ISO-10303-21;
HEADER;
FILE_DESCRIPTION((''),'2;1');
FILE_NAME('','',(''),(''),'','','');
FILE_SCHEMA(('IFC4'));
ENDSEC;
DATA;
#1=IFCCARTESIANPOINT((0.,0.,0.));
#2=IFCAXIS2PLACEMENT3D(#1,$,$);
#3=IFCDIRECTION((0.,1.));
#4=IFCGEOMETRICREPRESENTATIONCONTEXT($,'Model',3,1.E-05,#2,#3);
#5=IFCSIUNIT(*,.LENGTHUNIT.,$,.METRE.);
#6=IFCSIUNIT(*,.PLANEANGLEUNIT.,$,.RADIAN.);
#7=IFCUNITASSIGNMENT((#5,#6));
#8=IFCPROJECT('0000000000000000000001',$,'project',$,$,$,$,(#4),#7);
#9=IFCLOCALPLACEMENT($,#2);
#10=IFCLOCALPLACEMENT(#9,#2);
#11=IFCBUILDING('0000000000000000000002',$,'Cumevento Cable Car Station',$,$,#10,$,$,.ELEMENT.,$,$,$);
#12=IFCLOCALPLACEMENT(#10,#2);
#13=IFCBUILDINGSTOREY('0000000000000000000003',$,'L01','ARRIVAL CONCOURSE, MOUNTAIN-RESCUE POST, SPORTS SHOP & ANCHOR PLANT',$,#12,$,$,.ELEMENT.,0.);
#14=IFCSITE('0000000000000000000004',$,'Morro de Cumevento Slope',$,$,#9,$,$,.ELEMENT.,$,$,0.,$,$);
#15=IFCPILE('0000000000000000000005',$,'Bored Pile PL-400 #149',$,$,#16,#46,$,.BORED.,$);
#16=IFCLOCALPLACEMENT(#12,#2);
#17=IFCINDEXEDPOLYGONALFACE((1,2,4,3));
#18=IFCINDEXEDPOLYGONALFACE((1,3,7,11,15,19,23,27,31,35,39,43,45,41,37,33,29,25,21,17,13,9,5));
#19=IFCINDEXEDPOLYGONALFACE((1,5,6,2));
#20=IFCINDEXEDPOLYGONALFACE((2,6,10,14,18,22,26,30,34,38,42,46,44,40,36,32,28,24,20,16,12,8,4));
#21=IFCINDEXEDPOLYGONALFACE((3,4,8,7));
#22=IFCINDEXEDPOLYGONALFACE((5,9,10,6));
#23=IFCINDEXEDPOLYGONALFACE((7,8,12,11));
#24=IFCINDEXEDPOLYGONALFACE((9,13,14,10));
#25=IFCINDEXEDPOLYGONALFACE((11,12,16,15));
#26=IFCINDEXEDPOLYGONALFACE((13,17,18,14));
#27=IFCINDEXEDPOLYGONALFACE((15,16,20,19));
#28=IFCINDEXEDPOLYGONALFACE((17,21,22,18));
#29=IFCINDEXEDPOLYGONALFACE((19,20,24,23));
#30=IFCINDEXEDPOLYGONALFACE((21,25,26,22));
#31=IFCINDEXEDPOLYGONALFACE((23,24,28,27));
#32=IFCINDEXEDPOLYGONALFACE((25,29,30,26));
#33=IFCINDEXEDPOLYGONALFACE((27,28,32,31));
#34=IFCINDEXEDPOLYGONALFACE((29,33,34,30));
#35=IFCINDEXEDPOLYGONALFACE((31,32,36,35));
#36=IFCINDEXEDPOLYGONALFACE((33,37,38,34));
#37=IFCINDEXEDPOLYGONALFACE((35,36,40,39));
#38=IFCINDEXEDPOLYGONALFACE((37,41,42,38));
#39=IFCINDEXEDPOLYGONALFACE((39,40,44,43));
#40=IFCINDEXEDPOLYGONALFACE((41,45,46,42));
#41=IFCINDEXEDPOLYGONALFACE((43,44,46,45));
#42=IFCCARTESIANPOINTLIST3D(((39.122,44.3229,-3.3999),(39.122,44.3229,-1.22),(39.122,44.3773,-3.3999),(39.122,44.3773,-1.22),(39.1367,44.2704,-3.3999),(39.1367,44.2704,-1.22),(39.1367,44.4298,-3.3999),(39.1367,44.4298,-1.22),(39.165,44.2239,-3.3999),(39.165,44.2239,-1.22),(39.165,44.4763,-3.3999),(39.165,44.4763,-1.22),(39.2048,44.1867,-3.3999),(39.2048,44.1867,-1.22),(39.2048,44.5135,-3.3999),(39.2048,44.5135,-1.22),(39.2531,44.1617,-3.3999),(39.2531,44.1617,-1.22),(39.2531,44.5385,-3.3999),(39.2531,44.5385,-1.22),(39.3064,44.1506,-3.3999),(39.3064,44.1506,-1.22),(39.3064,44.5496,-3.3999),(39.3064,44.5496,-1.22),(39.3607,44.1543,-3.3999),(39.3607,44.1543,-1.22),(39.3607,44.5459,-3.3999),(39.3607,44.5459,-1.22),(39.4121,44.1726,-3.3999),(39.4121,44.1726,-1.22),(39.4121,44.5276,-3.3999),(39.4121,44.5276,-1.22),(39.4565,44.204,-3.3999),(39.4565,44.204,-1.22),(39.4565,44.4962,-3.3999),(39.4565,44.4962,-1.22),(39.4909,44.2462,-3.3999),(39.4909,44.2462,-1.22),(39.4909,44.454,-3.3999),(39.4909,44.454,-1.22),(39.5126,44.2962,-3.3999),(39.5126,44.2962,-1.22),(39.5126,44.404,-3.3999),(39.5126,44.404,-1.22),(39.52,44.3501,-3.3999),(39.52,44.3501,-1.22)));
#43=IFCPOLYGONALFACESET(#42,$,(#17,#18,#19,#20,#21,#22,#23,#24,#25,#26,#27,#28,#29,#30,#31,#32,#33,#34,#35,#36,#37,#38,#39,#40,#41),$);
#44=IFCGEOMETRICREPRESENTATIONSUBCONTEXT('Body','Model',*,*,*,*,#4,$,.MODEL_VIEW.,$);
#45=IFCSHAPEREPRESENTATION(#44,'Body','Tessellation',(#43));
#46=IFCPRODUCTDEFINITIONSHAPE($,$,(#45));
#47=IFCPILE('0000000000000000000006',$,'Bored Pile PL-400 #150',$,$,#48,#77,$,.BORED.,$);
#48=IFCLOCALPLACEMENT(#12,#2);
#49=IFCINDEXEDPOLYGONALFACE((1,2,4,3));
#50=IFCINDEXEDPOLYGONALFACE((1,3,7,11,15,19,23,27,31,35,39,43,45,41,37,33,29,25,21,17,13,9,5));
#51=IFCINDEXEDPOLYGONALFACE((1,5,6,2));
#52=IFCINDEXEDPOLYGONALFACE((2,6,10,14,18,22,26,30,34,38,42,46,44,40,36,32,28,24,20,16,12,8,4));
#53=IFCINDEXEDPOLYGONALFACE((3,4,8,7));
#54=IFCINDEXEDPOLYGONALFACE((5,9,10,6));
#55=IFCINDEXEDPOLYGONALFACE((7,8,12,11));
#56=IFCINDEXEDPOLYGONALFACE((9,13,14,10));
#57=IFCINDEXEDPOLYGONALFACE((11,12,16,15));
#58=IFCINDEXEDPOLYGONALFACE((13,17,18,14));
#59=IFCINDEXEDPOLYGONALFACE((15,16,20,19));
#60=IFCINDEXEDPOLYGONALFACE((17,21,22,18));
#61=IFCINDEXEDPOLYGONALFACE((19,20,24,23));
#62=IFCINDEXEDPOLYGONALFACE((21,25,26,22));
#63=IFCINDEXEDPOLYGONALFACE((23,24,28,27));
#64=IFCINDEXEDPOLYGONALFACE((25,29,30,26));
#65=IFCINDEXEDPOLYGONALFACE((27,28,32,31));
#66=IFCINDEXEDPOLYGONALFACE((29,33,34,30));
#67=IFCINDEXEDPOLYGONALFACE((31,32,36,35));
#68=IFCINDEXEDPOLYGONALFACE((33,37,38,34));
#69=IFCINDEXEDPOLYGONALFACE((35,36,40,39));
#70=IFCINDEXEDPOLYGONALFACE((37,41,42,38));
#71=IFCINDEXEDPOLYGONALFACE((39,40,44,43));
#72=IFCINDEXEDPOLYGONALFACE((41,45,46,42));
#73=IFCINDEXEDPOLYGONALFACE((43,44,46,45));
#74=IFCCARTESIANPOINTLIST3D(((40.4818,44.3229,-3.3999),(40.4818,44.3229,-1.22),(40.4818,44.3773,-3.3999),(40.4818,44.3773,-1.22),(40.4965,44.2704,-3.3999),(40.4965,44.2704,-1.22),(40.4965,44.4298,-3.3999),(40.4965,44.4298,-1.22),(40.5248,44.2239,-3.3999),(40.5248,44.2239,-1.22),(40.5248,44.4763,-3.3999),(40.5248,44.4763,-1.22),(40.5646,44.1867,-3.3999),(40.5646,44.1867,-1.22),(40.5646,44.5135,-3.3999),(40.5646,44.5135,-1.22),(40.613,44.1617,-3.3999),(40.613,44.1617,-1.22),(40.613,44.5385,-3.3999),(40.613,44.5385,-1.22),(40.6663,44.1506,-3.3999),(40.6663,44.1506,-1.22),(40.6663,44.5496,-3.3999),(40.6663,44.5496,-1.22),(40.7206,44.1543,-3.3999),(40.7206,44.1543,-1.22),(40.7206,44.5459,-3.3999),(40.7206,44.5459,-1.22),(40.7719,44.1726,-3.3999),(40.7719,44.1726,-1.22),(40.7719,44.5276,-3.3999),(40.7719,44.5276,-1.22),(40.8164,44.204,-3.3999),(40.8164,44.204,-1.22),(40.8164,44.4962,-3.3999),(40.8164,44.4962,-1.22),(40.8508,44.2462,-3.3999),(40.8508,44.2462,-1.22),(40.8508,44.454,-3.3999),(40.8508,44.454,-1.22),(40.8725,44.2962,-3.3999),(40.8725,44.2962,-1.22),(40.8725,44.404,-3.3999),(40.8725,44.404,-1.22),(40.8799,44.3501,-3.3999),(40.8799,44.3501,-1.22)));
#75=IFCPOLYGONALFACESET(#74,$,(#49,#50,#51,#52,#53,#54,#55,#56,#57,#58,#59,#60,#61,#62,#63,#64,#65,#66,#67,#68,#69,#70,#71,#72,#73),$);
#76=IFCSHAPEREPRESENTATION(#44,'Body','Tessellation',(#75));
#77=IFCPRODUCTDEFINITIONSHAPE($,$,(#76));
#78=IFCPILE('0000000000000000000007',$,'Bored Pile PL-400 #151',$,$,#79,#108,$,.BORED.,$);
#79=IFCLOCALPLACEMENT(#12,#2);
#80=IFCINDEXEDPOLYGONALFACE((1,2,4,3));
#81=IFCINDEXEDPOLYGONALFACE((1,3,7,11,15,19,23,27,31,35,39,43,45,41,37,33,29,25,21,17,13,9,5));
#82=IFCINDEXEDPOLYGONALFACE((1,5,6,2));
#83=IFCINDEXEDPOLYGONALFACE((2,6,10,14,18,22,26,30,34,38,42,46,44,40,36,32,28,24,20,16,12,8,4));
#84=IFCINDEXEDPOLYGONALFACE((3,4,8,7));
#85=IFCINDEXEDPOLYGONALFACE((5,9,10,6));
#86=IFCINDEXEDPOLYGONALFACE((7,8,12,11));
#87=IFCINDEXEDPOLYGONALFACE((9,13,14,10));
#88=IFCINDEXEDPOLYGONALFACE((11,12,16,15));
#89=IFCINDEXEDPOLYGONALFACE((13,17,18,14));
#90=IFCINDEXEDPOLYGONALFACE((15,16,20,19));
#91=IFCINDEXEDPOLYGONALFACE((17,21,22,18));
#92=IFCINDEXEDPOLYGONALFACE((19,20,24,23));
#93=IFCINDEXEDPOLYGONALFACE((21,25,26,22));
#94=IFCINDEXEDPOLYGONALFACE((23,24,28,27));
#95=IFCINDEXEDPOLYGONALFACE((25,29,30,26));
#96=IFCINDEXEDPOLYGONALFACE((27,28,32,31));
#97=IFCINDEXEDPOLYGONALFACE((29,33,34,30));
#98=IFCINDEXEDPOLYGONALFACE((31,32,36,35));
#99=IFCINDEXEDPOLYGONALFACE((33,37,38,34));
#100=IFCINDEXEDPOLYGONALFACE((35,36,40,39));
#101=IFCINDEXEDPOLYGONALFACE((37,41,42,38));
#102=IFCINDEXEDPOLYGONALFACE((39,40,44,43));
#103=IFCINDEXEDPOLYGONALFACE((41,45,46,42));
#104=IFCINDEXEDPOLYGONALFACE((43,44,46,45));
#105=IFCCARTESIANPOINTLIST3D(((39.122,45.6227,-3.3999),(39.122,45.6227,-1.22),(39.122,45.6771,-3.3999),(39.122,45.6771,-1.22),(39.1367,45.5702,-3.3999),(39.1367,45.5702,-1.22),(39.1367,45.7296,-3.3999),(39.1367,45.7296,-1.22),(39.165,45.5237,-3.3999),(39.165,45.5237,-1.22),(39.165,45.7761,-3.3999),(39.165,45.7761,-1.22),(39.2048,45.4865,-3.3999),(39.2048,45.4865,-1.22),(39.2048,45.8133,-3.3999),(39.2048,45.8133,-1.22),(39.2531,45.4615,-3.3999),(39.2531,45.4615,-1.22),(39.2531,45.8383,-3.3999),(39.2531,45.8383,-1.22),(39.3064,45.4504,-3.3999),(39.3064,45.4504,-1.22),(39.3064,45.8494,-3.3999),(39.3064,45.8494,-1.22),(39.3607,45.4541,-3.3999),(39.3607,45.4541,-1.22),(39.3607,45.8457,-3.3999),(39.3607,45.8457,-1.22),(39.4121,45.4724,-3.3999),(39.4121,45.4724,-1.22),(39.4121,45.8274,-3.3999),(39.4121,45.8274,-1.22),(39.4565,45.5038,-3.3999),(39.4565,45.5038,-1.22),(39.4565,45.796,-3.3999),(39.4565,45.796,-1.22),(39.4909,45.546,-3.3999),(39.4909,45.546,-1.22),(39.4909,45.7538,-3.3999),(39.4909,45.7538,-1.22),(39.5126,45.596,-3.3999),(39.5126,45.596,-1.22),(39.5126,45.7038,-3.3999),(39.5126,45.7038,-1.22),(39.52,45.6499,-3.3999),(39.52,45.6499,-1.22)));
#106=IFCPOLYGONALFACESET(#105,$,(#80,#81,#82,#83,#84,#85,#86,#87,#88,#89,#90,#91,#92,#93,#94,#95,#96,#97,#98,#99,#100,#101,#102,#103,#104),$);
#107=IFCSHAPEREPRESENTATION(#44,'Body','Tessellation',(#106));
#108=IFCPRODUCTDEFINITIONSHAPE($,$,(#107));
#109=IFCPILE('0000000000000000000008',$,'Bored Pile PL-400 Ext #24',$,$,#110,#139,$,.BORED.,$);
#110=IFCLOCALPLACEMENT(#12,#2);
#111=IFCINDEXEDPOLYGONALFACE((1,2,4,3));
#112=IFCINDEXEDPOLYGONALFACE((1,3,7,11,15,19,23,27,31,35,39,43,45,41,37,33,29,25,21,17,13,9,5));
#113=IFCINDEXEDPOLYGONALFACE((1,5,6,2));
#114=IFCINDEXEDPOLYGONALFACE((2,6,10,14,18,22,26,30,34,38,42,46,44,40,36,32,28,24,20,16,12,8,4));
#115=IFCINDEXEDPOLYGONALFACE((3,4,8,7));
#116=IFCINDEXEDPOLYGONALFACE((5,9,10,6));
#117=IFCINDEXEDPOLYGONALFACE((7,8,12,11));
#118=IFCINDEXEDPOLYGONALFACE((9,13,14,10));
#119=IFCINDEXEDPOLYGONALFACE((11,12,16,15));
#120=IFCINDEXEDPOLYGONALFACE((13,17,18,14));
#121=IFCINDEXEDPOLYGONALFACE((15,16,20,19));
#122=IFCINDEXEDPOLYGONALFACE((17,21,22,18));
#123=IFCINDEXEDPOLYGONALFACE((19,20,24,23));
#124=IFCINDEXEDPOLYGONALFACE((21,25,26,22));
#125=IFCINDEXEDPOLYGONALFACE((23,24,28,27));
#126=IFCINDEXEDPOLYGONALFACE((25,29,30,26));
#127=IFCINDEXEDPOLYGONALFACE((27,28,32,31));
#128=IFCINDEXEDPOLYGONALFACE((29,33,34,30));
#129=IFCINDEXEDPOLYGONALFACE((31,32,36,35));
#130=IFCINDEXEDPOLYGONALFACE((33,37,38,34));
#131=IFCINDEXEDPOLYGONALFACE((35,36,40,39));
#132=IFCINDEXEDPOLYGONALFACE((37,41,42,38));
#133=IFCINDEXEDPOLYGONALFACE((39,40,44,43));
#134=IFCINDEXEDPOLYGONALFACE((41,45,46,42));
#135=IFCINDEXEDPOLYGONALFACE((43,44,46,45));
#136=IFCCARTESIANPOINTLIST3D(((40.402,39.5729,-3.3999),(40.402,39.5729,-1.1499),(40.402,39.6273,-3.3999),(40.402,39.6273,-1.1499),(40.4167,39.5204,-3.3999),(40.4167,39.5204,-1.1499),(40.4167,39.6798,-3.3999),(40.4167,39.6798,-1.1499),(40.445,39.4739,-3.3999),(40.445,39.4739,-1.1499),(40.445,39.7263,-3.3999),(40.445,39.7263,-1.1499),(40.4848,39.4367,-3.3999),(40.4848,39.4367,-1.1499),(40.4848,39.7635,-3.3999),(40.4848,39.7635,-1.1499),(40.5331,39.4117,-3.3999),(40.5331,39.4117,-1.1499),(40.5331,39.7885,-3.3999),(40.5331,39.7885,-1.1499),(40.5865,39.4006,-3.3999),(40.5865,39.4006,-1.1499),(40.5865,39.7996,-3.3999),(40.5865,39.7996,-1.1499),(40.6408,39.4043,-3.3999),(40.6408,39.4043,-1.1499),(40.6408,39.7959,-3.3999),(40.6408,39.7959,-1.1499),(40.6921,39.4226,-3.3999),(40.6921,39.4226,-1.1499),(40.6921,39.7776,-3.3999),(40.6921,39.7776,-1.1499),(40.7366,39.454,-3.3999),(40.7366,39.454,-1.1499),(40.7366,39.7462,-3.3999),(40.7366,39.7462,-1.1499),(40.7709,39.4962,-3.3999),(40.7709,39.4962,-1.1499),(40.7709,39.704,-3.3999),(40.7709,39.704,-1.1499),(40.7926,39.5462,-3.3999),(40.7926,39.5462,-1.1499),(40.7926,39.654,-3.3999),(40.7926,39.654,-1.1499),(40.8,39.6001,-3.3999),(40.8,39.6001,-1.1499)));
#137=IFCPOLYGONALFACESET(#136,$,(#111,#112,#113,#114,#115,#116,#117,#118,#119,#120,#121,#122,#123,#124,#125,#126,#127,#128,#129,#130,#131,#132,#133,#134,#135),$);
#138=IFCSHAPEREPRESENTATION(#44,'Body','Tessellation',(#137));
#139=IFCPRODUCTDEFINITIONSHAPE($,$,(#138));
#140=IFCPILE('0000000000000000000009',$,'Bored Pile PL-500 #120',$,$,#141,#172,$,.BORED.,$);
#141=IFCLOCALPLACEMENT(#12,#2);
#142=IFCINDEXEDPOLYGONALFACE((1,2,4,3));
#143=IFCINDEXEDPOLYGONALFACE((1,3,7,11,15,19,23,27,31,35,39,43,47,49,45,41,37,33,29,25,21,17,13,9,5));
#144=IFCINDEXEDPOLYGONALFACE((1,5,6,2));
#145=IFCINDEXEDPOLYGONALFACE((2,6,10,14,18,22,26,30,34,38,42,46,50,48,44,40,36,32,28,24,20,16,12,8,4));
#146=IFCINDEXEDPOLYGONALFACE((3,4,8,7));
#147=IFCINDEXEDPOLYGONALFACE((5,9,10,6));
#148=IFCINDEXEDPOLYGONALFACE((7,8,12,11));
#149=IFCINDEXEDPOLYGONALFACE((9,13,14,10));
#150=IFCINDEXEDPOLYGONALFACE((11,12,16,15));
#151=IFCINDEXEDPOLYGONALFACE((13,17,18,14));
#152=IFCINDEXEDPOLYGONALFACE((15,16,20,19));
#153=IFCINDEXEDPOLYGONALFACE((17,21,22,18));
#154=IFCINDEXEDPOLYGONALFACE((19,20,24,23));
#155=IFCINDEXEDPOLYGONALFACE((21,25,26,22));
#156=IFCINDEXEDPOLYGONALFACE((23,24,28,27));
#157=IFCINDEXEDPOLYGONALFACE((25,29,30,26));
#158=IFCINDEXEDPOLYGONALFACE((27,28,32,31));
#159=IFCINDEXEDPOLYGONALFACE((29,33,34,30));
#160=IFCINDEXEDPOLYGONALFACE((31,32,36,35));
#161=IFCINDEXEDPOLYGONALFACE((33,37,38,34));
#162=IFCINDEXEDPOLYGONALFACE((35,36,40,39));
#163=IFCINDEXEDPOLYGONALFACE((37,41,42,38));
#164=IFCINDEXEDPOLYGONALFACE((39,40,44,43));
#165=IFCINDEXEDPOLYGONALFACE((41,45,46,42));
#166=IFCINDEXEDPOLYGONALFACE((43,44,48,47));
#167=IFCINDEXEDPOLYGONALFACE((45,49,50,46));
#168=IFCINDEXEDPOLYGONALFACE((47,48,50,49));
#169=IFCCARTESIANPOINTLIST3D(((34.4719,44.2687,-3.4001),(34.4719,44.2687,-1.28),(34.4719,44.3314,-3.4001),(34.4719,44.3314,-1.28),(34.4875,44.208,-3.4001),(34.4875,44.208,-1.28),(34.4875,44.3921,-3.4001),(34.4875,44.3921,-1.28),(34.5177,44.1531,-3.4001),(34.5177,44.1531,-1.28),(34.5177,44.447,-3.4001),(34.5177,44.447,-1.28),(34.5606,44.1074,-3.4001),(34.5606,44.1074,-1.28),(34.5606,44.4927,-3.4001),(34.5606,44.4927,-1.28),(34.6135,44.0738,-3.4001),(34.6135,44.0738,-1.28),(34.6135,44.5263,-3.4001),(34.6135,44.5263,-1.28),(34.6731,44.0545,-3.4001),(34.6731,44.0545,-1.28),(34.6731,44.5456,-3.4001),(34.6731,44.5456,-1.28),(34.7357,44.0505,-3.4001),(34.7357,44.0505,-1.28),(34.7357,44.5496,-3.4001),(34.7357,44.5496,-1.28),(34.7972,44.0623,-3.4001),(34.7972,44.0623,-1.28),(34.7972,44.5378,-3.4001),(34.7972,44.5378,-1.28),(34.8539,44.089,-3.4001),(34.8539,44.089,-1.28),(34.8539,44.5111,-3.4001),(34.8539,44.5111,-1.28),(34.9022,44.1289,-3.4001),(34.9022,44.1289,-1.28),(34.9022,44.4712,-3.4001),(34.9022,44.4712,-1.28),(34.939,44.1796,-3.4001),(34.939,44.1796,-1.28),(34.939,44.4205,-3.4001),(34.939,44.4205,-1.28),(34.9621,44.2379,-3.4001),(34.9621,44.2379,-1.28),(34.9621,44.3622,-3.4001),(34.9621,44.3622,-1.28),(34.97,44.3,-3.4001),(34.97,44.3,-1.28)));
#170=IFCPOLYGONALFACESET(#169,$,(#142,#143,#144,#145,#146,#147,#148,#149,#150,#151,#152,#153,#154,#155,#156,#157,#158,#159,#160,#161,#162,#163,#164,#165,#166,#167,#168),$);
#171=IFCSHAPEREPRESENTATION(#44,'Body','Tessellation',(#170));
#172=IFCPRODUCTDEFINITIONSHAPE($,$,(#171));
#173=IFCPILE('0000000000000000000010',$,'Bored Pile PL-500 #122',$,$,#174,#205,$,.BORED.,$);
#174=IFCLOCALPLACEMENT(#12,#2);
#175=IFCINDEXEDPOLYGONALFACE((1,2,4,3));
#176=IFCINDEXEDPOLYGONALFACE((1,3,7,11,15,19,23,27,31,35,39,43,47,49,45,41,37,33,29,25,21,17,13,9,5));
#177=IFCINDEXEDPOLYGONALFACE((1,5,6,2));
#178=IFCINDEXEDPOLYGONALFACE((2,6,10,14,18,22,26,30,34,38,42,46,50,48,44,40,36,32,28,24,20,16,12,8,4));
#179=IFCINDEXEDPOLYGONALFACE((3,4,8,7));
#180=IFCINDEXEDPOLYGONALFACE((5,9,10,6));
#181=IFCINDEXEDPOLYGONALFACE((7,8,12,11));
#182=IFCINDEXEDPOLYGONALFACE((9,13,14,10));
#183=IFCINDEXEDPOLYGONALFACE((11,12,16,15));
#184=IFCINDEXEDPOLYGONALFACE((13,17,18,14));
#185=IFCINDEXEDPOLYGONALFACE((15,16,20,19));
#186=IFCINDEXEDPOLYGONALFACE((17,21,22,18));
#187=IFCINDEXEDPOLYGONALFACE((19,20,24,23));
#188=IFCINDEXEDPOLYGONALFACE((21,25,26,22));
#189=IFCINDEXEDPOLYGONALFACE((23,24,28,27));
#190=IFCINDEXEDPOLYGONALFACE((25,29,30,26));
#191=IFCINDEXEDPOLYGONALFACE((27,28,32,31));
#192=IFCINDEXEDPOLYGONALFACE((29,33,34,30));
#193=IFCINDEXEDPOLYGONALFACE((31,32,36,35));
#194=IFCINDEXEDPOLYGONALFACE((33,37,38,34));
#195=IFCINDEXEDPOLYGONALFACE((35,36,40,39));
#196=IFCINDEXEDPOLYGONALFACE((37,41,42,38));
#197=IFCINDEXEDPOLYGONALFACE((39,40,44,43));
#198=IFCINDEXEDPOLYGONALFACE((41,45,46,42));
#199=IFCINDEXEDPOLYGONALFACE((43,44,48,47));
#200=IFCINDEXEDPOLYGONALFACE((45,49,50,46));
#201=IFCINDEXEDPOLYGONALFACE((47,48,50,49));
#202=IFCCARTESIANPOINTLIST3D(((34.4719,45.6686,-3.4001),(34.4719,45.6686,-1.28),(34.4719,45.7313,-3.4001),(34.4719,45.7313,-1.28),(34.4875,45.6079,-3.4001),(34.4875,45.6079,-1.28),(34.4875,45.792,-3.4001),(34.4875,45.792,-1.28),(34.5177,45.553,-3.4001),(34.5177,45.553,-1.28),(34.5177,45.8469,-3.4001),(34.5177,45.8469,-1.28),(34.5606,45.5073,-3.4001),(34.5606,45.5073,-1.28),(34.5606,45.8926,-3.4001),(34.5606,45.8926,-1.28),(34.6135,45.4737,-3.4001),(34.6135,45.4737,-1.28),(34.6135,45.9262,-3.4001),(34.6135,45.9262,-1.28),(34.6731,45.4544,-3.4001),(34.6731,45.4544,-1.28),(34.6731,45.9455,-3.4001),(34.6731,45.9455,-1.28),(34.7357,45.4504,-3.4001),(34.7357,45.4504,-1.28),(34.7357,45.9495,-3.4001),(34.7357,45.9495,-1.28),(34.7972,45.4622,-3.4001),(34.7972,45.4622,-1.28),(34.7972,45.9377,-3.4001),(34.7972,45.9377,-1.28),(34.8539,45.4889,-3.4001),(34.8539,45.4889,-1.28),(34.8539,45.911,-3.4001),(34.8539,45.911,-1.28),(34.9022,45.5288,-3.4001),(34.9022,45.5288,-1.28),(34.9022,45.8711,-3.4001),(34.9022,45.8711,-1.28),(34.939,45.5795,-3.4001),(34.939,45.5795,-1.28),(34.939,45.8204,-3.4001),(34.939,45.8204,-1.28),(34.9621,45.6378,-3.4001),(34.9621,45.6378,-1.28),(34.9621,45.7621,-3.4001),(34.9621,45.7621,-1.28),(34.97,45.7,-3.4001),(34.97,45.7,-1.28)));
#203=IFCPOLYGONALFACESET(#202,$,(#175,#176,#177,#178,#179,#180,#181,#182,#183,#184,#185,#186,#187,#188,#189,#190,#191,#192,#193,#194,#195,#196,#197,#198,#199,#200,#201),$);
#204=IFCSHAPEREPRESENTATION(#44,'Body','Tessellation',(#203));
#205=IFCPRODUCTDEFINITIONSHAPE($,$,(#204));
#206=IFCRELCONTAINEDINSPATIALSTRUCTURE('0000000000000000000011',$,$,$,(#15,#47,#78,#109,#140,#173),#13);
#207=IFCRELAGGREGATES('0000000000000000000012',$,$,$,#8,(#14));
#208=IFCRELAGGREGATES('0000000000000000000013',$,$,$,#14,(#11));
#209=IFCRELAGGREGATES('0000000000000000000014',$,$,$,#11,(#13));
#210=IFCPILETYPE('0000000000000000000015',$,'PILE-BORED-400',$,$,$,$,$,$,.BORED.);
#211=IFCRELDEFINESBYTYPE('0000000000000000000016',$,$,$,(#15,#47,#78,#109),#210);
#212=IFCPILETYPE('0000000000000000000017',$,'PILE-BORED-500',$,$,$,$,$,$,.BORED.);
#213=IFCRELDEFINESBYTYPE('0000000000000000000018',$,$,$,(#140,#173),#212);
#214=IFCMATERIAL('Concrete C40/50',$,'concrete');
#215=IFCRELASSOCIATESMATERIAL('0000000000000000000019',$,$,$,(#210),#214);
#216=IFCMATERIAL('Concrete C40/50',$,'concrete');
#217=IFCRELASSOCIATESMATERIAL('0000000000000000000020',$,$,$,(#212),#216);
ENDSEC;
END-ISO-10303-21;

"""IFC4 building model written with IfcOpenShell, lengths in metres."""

from ifc_helpers import new_model, si_unit, direction, frame, origin, origin_2d, place, context, subcontext, project, spatial, circle, extrude, material, material_profile, profile_set, type_object, element, save


model = new_model("IFC4")

# Units and contexts
model_context = context("Model", 3, precision=1e-05, world=origin(), true_north=direction((0.0, 1.0)))
body_context = subcontext(model_context, "Body", "Model", "MODEL_VIEW")
ifc_project = project(units=[si_unit("LENGTHUNIT", "METRE"), si_unit("PLANEANGLEUNIT", "RADIAN")], contexts=[model_context])

# Site, building, storey
site_placement = place(None, origin())
site = spatial("IfcSite", under=ifc_project, at=site_placement, Name="Morro de Cumevento Slope", CompositionType="ELEMENT", RefElevation=0.0)
building_placement = place(site_placement, origin())
building = spatial("IfcBuilding", under=site, at=building_placement, Name="Cumevento Cable Car Station", CompositionType="ELEMENT")
storey_placement = place(building_placement, origin())
storey = spatial("IfcBuildingStorey", under=building, at=storey_placement, Name="L01", Description="ARRIVAL CONCOURSE, MOUNTAIN-RESCUE POST, SPORTS SHOP & ANCHOR PLANT", CompositionType="ELEMENT", Elevation=0.0)

# Piles
ifc_material_1 = material(Name="Concrete C40/50", Category="concrete")
ifc_material_profile_1 = material_profile(ifc_material_1, circle(Radius=0.2, at=origin_2d()), Name="PILE-D400")
ifc_profile_set_1 = profile_set([ifc_material_profile_1], Name="Concrete C40/50")
pile_type_1 = type_object("IfcPileType", Name="PILE-BORED-400", PredefinedType="BORED", material=ifc_profile_set_1)
for number, where, z_axis, x_axis, name in (
    (1, (39.3201, 44.3501, -1.22), (0.0, 0.0, -1.0), (1.0, 0.0, 0.0), "Bored Pile PL-400 #149"),
    (2, (40.6799, 44.3501, -1.22), (0.0, 0.0, -1.0), (1.0, 0.0, 0.0), "Bored Pile PL-400 #150"),
    (3, (39.3201, 45.6499, -1.22), (0.0, 0.0, -1.0), (1.0, 0.0, 0.0), "Bored Pile PL-400 #151"),
):
    element("IfcPile", number, at=place(storey_placement, frame(where, z_axis=z_axis, x_axis=x_axis)), inside=storey, type_object=pile_type_1, Name=name, PredefinedType="BORED", context=body_context, shape_type="SweptSolid", body=[
        extrude(circle(Radius=0.2, at=origin_2d()), origin(), (0.0, 0.0, 1.0), 2.1799),
    ])
pile_placement = place(storey_placement, frame((40.6001, 39.6001, -1.1499), z_axis=(0.0, 0.0, -1.0), x_axis=(1.0, 0.0, 0.0)))
element("IfcPile", 4, at=pile_placement, inside=storey, type_object=pile_type_1, Name="Bored Pile PL-400 Ext #24", PredefinedType="BORED", context=body_context, shape_type="SweptSolid", body=[
    extrude(circle(Radius=0.2, at=origin_2d()), origin(), (0.0, 0.0, 1.0), 2.25),
])
ifc_material_2 = material(Name="Concrete C40/50", Category="concrete")
ifc_material_profile_2 = material_profile(ifc_material_2, circle(Radius=0.25, at=origin_2d()), Name="PILE-D500")
ifc_profile_set_2 = profile_set([ifc_material_profile_2], Name="Concrete C40/50")
pile_type_2 = type_object("IfcPileType", Name="PILE-BORED-500", PredefinedType="BORED", material=ifc_profile_set_2)
for number, where, z_axis, x_axis, name in (
    (5, (34.72, 44.3, -1.28), (0.0, 0.0, -1.0), (1.0, 0.0, 0.0), "Bored Pile PL-500 #120"),
    (6, (34.72, 45.7, -1.28), (0.0, 0.0, -1.0), (1.0, 0.0, 0.0), "Bored Pile PL-500 #122"),
):
    element("IfcPile", number, at=place(storey_placement, frame(where, z_axis=z_axis, x_axis=x_axis)), inside=storey, type_object=pile_type_2, Name=name, PredefinedType="BORED", context=body_context, shape_type="SweptSolid", body=[
        extrude(circle(Radius=0.25, at=origin_2d()), origin(), (0.0, 0.0, 1.0), 2.1201),
    ])

save(model, "model.ifc")
